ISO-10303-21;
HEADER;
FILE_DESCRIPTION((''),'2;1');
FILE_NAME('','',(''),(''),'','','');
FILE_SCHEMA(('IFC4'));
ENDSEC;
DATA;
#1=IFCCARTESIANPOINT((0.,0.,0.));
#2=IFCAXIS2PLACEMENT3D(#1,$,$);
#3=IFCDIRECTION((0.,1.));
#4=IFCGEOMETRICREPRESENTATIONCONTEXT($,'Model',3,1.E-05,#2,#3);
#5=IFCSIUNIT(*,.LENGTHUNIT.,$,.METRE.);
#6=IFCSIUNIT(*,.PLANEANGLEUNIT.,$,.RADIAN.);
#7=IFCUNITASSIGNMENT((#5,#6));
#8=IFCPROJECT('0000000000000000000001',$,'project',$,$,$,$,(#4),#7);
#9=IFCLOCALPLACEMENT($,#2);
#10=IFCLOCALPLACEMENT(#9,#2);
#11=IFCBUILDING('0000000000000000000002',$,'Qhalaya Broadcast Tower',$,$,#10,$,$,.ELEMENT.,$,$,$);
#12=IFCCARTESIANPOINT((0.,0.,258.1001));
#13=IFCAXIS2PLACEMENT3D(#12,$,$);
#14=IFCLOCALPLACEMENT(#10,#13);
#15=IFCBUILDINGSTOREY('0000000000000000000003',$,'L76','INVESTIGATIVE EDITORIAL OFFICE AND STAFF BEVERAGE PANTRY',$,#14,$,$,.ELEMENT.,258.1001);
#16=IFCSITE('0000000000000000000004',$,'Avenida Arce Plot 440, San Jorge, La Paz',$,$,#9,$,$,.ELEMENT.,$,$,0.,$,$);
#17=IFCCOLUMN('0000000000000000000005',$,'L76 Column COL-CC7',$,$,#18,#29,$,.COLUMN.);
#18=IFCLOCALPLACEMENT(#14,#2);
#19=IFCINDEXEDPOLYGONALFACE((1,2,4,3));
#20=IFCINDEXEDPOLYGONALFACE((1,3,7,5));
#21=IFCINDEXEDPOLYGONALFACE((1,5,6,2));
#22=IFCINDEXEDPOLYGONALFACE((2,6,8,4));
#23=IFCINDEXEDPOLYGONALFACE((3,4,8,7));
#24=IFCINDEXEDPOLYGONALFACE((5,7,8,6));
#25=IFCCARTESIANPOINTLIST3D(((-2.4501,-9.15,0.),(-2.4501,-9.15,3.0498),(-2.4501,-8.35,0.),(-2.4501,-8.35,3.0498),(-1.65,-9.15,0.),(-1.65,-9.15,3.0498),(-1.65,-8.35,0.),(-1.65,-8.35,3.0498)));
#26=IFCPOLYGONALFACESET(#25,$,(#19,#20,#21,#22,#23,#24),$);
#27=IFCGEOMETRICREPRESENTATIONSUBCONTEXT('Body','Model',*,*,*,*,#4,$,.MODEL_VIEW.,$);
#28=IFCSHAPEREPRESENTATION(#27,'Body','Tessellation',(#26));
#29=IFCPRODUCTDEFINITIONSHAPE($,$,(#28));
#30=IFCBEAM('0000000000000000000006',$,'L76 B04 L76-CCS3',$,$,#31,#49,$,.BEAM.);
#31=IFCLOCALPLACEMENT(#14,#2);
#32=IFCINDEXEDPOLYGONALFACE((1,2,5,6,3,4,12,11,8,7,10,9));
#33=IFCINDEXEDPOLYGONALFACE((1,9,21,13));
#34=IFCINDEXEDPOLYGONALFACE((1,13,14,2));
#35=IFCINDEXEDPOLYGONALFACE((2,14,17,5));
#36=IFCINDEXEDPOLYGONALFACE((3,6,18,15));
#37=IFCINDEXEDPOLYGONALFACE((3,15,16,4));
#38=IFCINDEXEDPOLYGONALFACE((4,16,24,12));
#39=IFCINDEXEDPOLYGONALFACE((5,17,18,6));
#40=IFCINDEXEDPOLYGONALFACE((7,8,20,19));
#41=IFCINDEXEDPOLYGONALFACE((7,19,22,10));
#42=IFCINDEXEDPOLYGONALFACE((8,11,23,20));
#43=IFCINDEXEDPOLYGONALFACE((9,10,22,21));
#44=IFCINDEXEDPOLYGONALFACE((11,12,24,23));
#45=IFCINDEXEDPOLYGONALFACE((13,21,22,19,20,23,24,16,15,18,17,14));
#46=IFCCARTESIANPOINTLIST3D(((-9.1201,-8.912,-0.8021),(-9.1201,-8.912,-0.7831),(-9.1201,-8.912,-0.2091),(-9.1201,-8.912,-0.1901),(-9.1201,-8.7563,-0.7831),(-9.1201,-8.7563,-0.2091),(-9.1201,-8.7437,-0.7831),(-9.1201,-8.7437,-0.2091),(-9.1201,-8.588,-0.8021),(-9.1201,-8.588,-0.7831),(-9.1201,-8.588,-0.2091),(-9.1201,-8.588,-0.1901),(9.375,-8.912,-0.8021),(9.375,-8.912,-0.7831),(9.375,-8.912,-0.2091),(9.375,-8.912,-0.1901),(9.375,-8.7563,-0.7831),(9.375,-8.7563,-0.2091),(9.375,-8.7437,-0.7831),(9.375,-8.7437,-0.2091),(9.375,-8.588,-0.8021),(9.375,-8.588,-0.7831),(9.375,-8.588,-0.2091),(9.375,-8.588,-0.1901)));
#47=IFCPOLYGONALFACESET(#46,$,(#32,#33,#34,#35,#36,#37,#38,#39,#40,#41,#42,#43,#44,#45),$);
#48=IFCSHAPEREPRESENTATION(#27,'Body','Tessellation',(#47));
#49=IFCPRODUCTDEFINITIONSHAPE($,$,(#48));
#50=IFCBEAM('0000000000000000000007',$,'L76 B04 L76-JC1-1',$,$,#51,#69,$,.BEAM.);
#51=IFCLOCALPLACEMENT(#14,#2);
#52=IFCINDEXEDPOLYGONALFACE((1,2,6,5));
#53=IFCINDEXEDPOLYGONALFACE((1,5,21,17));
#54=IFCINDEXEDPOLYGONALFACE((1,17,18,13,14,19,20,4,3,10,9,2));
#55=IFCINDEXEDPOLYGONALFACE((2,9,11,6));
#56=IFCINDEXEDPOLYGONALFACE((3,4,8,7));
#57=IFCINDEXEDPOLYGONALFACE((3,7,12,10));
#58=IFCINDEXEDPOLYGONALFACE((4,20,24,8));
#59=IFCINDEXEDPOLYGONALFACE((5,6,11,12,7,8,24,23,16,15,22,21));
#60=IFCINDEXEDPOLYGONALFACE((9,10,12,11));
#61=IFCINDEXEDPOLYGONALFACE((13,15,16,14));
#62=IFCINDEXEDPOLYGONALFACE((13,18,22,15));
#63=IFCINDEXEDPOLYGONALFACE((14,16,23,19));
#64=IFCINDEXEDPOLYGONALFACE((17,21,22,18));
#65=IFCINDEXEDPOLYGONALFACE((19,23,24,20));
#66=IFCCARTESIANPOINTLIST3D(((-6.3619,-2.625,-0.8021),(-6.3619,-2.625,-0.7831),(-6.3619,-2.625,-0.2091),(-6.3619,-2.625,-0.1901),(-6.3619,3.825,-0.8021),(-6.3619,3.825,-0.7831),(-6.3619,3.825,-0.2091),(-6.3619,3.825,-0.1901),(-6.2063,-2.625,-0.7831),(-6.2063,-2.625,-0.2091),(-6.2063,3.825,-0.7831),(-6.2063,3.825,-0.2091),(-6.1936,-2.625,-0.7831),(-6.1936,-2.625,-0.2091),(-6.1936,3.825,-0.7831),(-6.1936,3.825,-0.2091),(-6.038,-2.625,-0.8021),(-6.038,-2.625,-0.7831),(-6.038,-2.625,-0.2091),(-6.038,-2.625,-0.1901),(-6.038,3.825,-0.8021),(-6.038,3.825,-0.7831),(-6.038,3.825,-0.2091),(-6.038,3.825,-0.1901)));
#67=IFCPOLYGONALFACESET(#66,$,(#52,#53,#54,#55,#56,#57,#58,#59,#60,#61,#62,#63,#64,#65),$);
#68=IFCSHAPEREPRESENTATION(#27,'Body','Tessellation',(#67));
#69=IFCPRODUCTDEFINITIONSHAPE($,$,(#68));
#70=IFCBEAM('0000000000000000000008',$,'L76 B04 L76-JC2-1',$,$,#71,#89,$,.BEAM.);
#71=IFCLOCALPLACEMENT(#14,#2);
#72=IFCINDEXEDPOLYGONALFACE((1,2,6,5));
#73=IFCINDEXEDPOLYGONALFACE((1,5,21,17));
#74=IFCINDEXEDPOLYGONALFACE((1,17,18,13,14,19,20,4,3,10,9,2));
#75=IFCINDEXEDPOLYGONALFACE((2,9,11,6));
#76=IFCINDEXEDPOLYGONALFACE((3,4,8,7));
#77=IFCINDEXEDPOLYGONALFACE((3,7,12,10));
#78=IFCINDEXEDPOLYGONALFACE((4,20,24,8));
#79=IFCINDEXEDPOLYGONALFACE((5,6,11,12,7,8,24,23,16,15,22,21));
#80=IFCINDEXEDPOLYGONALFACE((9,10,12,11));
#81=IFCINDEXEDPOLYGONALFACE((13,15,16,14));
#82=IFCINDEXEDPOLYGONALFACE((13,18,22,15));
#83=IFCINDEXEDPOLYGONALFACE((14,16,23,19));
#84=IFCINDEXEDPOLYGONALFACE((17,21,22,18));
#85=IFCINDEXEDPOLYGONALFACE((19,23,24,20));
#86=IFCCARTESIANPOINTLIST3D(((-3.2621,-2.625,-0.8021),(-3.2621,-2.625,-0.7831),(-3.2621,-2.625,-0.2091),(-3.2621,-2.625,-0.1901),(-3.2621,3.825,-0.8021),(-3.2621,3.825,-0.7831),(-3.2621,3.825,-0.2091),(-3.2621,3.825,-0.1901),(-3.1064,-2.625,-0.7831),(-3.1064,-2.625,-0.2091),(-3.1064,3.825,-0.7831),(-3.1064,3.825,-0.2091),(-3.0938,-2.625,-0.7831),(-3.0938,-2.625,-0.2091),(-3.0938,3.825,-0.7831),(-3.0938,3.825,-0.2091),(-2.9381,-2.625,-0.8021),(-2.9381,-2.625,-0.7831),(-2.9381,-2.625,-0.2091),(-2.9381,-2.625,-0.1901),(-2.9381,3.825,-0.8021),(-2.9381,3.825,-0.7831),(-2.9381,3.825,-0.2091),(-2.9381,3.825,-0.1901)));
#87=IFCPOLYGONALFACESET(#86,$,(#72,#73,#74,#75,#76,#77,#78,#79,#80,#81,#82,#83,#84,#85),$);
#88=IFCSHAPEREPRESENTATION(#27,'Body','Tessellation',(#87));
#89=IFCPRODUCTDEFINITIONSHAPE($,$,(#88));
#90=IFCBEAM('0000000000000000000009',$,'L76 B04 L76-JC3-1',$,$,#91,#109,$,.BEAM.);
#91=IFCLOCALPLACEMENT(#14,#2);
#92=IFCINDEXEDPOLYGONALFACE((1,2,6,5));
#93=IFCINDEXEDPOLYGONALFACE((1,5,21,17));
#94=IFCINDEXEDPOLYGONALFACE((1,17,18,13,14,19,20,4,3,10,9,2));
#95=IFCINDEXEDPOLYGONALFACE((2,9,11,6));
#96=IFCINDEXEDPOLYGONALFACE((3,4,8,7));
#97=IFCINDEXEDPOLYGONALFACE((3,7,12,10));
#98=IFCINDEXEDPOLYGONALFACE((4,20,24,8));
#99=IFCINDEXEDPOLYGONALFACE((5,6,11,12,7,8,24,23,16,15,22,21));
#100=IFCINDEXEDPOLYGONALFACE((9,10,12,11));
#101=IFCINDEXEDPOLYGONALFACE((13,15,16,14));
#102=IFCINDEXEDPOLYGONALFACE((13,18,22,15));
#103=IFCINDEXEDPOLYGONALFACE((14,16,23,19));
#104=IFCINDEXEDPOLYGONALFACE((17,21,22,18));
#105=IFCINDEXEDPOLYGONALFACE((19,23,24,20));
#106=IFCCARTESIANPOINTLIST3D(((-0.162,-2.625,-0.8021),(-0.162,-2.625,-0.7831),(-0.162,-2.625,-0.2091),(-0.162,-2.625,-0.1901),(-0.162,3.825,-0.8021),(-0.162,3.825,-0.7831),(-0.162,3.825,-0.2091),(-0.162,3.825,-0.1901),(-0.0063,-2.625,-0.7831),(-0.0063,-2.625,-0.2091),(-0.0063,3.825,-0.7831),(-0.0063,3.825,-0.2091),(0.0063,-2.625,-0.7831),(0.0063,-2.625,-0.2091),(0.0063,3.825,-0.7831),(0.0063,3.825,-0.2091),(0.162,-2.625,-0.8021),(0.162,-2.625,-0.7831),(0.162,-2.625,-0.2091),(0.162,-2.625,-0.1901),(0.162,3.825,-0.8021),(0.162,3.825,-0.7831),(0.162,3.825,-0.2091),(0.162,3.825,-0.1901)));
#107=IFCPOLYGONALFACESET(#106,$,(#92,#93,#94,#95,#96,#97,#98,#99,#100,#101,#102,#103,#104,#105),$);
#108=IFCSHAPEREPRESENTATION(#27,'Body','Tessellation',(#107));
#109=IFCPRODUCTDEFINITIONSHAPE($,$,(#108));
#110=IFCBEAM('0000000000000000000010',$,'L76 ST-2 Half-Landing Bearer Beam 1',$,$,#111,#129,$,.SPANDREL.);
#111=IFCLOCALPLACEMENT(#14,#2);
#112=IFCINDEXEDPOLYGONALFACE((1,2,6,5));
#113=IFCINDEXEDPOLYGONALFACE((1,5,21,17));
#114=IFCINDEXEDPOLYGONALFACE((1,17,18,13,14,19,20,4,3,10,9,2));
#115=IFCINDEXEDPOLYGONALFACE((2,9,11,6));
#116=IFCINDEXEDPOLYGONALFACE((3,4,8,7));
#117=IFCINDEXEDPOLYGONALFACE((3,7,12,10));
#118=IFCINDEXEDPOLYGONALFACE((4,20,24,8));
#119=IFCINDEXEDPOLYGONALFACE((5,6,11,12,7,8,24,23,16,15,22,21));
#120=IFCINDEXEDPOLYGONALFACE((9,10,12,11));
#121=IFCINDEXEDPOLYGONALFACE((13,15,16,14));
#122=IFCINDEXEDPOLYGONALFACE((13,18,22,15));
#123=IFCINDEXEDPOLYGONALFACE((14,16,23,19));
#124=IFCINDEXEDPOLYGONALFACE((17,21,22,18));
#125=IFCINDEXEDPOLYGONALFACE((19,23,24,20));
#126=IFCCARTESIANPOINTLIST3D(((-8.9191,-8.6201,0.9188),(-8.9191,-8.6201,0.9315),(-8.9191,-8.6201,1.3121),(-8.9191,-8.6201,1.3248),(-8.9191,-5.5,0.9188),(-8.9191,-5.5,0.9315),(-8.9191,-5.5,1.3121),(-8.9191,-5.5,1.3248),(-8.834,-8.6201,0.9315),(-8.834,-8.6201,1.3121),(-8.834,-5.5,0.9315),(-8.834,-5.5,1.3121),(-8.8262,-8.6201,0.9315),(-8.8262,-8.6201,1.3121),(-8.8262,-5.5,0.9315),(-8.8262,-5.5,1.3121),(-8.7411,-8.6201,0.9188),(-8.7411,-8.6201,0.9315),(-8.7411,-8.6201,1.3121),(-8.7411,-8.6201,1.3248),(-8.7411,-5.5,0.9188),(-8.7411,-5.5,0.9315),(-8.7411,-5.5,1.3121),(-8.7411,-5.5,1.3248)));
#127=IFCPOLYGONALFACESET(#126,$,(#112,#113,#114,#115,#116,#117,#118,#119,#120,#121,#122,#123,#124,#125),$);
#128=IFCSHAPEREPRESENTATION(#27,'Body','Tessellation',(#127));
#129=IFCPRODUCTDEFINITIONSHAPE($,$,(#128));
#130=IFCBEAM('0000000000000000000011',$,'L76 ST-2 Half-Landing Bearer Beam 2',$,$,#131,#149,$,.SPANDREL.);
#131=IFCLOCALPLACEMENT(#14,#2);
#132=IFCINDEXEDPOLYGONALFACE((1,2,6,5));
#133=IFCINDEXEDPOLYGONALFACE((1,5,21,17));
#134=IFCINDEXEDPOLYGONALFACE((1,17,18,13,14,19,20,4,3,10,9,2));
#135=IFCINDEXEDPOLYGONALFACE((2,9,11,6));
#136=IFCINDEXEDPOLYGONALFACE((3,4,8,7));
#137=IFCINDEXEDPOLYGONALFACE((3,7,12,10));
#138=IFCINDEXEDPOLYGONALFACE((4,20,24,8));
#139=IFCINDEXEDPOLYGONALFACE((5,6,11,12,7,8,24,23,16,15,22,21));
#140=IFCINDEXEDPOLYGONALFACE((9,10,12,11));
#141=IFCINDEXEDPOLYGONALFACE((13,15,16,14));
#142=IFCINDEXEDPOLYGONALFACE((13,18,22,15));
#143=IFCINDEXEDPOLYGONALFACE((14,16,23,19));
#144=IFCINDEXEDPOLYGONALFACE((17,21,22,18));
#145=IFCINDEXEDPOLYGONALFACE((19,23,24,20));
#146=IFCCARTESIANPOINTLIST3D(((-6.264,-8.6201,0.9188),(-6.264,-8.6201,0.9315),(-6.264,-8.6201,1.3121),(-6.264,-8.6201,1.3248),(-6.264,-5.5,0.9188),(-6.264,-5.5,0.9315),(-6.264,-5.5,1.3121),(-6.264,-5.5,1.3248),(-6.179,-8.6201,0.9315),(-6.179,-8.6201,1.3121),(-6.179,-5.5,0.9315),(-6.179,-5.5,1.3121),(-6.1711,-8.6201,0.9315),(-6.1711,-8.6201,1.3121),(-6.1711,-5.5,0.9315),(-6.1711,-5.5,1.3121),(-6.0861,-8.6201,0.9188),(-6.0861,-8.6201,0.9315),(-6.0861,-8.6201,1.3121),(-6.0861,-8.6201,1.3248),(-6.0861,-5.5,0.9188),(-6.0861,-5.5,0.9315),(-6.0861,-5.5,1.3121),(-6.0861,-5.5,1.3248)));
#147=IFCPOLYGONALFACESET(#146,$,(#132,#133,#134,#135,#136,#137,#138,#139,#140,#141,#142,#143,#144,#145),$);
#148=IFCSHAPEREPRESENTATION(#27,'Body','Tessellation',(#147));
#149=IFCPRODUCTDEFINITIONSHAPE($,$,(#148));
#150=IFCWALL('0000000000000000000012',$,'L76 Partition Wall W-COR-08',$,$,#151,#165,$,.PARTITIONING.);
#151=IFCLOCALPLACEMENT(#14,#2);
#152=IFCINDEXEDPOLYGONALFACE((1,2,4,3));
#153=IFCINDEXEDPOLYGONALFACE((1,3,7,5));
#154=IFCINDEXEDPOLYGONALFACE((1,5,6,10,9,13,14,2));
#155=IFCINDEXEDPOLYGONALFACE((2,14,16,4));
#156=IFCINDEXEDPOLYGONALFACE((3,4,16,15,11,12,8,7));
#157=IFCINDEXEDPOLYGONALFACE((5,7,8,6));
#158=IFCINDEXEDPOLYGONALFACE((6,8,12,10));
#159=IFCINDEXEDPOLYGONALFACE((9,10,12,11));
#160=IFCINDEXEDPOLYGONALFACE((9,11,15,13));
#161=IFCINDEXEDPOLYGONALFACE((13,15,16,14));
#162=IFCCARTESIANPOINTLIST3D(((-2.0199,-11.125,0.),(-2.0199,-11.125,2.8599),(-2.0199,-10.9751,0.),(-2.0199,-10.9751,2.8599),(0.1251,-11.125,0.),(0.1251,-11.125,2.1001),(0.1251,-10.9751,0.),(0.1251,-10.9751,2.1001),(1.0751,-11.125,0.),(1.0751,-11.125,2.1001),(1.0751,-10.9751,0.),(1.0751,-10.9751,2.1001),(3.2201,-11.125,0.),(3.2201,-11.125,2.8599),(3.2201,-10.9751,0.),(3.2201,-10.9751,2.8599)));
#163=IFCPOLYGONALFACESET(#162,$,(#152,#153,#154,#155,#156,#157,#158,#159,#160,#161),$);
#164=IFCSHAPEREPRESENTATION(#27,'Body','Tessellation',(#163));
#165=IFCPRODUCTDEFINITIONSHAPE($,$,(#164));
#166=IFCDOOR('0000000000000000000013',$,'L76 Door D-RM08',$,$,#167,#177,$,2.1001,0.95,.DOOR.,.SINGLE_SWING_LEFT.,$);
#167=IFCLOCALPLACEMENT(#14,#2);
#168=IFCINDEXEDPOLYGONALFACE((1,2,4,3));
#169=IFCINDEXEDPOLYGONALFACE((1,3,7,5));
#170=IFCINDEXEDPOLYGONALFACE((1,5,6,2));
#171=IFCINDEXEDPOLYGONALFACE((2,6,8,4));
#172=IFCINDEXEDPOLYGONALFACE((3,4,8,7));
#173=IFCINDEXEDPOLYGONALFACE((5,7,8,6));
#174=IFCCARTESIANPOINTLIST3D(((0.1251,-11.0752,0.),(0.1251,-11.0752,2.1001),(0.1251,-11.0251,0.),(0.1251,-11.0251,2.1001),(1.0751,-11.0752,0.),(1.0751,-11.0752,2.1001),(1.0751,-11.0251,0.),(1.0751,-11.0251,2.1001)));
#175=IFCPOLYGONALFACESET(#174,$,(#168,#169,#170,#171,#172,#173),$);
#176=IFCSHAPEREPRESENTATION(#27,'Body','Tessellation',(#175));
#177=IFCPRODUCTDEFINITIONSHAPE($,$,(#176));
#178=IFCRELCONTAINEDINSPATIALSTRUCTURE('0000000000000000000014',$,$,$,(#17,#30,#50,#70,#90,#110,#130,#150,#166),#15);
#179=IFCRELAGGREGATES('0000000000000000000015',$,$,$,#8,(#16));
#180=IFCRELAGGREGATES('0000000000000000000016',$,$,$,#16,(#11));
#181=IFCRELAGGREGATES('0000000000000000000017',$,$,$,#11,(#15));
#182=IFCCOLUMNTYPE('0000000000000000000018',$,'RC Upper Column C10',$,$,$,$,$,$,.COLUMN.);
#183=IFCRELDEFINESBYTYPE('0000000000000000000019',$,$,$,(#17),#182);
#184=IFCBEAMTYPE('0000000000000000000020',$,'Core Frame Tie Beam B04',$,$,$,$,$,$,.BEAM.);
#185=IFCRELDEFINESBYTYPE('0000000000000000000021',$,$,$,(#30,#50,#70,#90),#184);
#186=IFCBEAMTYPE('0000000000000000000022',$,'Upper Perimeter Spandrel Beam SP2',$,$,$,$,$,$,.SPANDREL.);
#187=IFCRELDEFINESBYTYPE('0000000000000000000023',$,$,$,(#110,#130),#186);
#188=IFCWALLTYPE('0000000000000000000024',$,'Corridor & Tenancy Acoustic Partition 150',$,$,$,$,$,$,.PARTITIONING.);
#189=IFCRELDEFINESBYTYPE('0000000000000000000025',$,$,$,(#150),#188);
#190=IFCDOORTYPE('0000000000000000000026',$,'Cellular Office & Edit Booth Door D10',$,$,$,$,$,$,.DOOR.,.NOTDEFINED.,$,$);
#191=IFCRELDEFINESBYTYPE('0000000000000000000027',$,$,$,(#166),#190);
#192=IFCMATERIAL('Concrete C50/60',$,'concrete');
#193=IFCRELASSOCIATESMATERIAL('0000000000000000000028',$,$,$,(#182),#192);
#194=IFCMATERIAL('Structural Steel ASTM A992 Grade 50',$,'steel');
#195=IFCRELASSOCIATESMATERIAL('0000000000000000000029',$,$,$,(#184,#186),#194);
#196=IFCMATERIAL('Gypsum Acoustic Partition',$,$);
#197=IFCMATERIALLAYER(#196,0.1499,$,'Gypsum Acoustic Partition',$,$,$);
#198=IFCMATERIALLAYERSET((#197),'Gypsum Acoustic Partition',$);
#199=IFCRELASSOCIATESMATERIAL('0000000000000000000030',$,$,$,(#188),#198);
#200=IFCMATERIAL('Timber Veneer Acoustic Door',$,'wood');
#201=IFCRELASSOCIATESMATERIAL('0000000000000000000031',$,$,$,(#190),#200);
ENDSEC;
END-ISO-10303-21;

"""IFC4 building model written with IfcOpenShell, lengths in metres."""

from ifc_helpers import new_model, si_unit, direction, frame, frame_2d, origin, origin_2d, place, context, subcontext, project, spatial, rectangle, i_section, extrude, material, layer, layer_set, material_profile, profile_set, type_object, element, fill, save


model = new_model("IFC4")

# Units and contexts
model_context = context("Model", 3, precision=1e-05, world=origin(), true_north=direction((0.0, 1.0)))
body_context = subcontext(model_context, "Body", "Model", "MODEL_VIEW")
ifc_project = project(units=[si_unit("LENGTHUNIT", "METRE"), si_unit("PLANEANGLEUNIT", "RADIAN")], contexts=[model_context])

# Site, building, storey
site_placement = place(None, origin())
site = spatial("IfcSite", under=ifc_project, at=site_placement, Name="Avenida Arce Plot 440, San Jorge, La Paz", CompositionType="ELEMENT", RefElevation=0.0)
building_placement = place(site_placement, origin())
building = spatial("IfcBuilding", under=site, at=building_placement, Name="Qhalaya Broadcast Tower", CompositionType="ELEMENT")
storey_placement = place(building_placement, frame((0.0, 0.0, 258.1001)))
storey = spatial("IfcBuildingStorey", under=building, at=storey_placement, Name="L76", Description="INVESTIGATIVE EDITORIAL OFFICE AND STAFF BEVERAGE PANTRY", CompositionType="ELEMENT", Elevation=258.1001)

# Column
ifc_material_1 = material(Name="Concrete C50/60", Category="concrete")
ifc_material_profile_1 = material_profile(ifc_material_1, rectangle(XDim=0.8, YDim=0.8, at=origin_2d()), Name="RC-COL 800x800")
ifc_profile_set_1 = profile_set([ifc_material_profile_1], Name="Concrete C50/60")
column_type = type_object("IfcColumnType", Name="RC Upper Column C10", PredefinedType="COLUMN", material=ifc_profile_set_1)
column_placement = place(storey_placement, frame((-2.05, -8.75, 0.0), z_axis=(0.0, 0.0, 1.0), x_axis=(1.0, 0.0, 0.0)))
element("IfcColumn", 1, at=column_placement, inside=storey, type_object=column_type, Name="L76 Column COL-CC7", PredefinedType="COLUMN", context=body_context, shape_type="SweptSolid", body=[
    extrude(rectangle(XDim=0.8, YDim=0.8, at=origin_2d()), origin(), (0.0, 0.0, 1.0), 3.0498),
])

# Beams
ifc_material_2 = material(Name="Structural Steel ASTM A992 Grade 50", Category="steel")
ifc_material_profile_2 = material_profile(ifc_material_2, i_section(OverallWidth=0.324, OverallDepth=0.6121, WebThickness=0.0127, FlangeThickness=0.019, at=origin_2d()), Name="W24X104")
ifc_profile_set_2 = profile_set([ifc_material_profile_2], Name="Structural Steel ASTM A992 Grade 50")
beam_type_1 = type_object("IfcBeamType", Name="Core Frame Tie Beam B04", PredefinedType="BEAM", material=ifc_profile_set_2)
beam_placement = place(storey_placement, frame((-9.1201, -8.75, -0.4961), z_axis=(1.0, 0.0, 0.0), x_axis=(0.0, 1.0, 0.0)))
element("IfcBeam", 2, at=beam_placement, inside=storey, type_object=beam_type_1, Name="L76 B04 L76-CCS3", PredefinedType="BEAM", context=body_context, shape_type="SweptSolid", body=[
    extrude(i_section(OverallWidth=0.324, OverallDepth=0.6121, WebThickness=0.0127, FlangeThickness=0.019, at=origin_2d()), origin(), (0.0, 0.0, 1.0), 18.4951),
])
for number, where, z_axis, x_axis, name in (
    (3, (-6.2, -2.625, -0.4961), (0.0, 1.0, 0.0), (-1.0, 0.0, 0.0), "L76 B04 L76-JC1-1"),
    (4, (-3.1001, -2.625, -0.4961), (0.0, 1.0, 0.0), (-1.0, 0.0, 0.0), "L76 B04 L76-JC2-1"),
    (5, (0.0, -2.625, -0.4961), (0.0, 1.0, 0.0), (-1.0, 0.0, 0.0), "L76 B04 L76-JC3-1"),
):
    element("IfcBeam", number, at=place(storey_placement, frame(where, z_axis=z_axis, x_axis=x_axis)), inside=storey, type_object=beam_type_1, Name=name, PredefinedType="BEAM", context=body_context, shape_type="SweptSolid", body=[
        extrude(i_section(OverallWidth=0.324, OverallDepth=0.6121, WebThickness=0.0127, FlangeThickness=0.019, at=origin_2d()), origin(), (0.0, 0.0, 1.0), 6.45),
    ])
ifc_material_profile_3 = material_profile(ifc_material_2, i_section(OverallWidth=0.178, OverallDepth=0.406, WebThickness=0.0078, FlangeThickness=0.0127, at=origin_2d()), Name="W16X40")
ifc_profile_set_3 = profile_set([ifc_material_profile_3], Name="Structural Steel ASTM A992 Grade 50")
beam_type_2 = type_object("IfcBeamType", Name="Upper Perimeter Spandrel Beam SP2", PredefinedType="SPANDREL", material=ifc_profile_set_3)
for number, where, z_axis, x_axis, name in (
    (6, (-8.8301, -8.6201, 1.1218), (0.0, 1.0, 0.0), (-1.0, 0.0, 0.0), "L76 ST-2 Half-Landing Bearer Beam 1"),
    (7, (-6.175, -8.6201, 1.1218), (0.0, 1.0, 0.0), (-1.0, 0.0, 0.0), "L76 ST-2 Half-Landing Bearer Beam 2"),
):
    element("IfcBeam", number, at=place(storey_placement, frame(where, z_axis=z_axis, x_axis=x_axis)), inside=storey, type_object=beam_type_2, Name=name, PredefinedType="SPANDREL", context=body_context, shape_type="SweptSolid", body=[
        extrude(i_section(OverallWidth=0.178, OverallDepth=0.406, WebThickness=0.0078, FlangeThickness=0.0127, at=origin_2d()), origin(), (0.0, 0.0, 1.0), 3.1201),
    ])

# Wall, opening, door
ifc_material_3 = material(Name="Gypsum Acoustic Partition")
ifc_layer_1 = layer(ifc_material_3, 0.1499, Name="Gypsum Acoustic Partition")
ifc_layer_set_1 = layer_set([ifc_layer_1], Name="Gypsum Acoustic Partition")
wall_type_1 = type_object("IfcWallType", Name="Corridor & Tenancy Acoustic Partition 150", PredefinedType="PARTITIONING", material=ifc_layer_set_1)
wall_1_placement = place(storey_placement, frame((-2.02, -11.05, 0.0), z_axis=(0.0, 0.0, 1.0), x_axis=(1.0, 0.0, 0.0)))
wall_1 = element("IfcWall", 8, at=wall_1_placement, inside=storey, type_object=wall_type_1, Name="L76 Partition Wall W-COR-08", PredefinedType="PARTITIONING", context=body_context, shape_type="SweptSolid", body=[
    extrude(rectangle(XDim=5.24, YDim=0.1499, at=frame_2d((2.6201, 0.0))), origin(), (0.0, 0.0, 1.0), 2.8599),
])
opening_1_placement = place(wall_1_placement, frame((2.145, 0.0, 0.0)))
opening_1 = element("IfcOpeningElement", 9, at=opening_1_placement, cuts=wall_1, PredefinedType="OPENING", context=body_context, shape_type="SweptSolid", body=[
    extrude(rectangle(XDim=0.95, YDim=2.1001, at=frame_2d((0.4751, 1.05))), frame((0.0, 0.0869, 0.0), z_axis=(0.0, -1.0, 0.0), x_axis=(1.0, 0.0, 0.0)), (0.0, 0.0, 1.0), 0.1738),
])
ifc_material_4 = material(Name="Timber Veneer Acoustic Door", Category="wood")
door_type_1 = type_object("IfcDoorType", Name="Cellular Office & Edit Booth Door D10", OperationType="NOTDEFINED", PredefinedType="DOOR", material=ifc_material_4)
door_1_placement = place(opening_1_placement, origin())
door_1 = element("IfcDoor", 10, at=door_1_placement, inside=storey, type_object=door_type_1, Name="L76 Door D-RM08", OperationType="SINGLE_SWING_LEFT", OverallHeight=2.1001, OverallWidth=0.95, PredefinedType="DOOR", context=body_context, shape_type="SweptSolid", body=[
    extrude(rectangle(XDim=0.95, YDim=2.1001, at=frame_2d((0.4751, 1.05))), frame((0.0, 0.0249, 0.0), z_axis=(0.0, -1.0, 0.0), x_axis=(1.0, 0.0, 0.0)), (0.0, 0.0, 1.0), 0.05),
])
fill(opening_1, door_1)

save(model, "model.ifc")
